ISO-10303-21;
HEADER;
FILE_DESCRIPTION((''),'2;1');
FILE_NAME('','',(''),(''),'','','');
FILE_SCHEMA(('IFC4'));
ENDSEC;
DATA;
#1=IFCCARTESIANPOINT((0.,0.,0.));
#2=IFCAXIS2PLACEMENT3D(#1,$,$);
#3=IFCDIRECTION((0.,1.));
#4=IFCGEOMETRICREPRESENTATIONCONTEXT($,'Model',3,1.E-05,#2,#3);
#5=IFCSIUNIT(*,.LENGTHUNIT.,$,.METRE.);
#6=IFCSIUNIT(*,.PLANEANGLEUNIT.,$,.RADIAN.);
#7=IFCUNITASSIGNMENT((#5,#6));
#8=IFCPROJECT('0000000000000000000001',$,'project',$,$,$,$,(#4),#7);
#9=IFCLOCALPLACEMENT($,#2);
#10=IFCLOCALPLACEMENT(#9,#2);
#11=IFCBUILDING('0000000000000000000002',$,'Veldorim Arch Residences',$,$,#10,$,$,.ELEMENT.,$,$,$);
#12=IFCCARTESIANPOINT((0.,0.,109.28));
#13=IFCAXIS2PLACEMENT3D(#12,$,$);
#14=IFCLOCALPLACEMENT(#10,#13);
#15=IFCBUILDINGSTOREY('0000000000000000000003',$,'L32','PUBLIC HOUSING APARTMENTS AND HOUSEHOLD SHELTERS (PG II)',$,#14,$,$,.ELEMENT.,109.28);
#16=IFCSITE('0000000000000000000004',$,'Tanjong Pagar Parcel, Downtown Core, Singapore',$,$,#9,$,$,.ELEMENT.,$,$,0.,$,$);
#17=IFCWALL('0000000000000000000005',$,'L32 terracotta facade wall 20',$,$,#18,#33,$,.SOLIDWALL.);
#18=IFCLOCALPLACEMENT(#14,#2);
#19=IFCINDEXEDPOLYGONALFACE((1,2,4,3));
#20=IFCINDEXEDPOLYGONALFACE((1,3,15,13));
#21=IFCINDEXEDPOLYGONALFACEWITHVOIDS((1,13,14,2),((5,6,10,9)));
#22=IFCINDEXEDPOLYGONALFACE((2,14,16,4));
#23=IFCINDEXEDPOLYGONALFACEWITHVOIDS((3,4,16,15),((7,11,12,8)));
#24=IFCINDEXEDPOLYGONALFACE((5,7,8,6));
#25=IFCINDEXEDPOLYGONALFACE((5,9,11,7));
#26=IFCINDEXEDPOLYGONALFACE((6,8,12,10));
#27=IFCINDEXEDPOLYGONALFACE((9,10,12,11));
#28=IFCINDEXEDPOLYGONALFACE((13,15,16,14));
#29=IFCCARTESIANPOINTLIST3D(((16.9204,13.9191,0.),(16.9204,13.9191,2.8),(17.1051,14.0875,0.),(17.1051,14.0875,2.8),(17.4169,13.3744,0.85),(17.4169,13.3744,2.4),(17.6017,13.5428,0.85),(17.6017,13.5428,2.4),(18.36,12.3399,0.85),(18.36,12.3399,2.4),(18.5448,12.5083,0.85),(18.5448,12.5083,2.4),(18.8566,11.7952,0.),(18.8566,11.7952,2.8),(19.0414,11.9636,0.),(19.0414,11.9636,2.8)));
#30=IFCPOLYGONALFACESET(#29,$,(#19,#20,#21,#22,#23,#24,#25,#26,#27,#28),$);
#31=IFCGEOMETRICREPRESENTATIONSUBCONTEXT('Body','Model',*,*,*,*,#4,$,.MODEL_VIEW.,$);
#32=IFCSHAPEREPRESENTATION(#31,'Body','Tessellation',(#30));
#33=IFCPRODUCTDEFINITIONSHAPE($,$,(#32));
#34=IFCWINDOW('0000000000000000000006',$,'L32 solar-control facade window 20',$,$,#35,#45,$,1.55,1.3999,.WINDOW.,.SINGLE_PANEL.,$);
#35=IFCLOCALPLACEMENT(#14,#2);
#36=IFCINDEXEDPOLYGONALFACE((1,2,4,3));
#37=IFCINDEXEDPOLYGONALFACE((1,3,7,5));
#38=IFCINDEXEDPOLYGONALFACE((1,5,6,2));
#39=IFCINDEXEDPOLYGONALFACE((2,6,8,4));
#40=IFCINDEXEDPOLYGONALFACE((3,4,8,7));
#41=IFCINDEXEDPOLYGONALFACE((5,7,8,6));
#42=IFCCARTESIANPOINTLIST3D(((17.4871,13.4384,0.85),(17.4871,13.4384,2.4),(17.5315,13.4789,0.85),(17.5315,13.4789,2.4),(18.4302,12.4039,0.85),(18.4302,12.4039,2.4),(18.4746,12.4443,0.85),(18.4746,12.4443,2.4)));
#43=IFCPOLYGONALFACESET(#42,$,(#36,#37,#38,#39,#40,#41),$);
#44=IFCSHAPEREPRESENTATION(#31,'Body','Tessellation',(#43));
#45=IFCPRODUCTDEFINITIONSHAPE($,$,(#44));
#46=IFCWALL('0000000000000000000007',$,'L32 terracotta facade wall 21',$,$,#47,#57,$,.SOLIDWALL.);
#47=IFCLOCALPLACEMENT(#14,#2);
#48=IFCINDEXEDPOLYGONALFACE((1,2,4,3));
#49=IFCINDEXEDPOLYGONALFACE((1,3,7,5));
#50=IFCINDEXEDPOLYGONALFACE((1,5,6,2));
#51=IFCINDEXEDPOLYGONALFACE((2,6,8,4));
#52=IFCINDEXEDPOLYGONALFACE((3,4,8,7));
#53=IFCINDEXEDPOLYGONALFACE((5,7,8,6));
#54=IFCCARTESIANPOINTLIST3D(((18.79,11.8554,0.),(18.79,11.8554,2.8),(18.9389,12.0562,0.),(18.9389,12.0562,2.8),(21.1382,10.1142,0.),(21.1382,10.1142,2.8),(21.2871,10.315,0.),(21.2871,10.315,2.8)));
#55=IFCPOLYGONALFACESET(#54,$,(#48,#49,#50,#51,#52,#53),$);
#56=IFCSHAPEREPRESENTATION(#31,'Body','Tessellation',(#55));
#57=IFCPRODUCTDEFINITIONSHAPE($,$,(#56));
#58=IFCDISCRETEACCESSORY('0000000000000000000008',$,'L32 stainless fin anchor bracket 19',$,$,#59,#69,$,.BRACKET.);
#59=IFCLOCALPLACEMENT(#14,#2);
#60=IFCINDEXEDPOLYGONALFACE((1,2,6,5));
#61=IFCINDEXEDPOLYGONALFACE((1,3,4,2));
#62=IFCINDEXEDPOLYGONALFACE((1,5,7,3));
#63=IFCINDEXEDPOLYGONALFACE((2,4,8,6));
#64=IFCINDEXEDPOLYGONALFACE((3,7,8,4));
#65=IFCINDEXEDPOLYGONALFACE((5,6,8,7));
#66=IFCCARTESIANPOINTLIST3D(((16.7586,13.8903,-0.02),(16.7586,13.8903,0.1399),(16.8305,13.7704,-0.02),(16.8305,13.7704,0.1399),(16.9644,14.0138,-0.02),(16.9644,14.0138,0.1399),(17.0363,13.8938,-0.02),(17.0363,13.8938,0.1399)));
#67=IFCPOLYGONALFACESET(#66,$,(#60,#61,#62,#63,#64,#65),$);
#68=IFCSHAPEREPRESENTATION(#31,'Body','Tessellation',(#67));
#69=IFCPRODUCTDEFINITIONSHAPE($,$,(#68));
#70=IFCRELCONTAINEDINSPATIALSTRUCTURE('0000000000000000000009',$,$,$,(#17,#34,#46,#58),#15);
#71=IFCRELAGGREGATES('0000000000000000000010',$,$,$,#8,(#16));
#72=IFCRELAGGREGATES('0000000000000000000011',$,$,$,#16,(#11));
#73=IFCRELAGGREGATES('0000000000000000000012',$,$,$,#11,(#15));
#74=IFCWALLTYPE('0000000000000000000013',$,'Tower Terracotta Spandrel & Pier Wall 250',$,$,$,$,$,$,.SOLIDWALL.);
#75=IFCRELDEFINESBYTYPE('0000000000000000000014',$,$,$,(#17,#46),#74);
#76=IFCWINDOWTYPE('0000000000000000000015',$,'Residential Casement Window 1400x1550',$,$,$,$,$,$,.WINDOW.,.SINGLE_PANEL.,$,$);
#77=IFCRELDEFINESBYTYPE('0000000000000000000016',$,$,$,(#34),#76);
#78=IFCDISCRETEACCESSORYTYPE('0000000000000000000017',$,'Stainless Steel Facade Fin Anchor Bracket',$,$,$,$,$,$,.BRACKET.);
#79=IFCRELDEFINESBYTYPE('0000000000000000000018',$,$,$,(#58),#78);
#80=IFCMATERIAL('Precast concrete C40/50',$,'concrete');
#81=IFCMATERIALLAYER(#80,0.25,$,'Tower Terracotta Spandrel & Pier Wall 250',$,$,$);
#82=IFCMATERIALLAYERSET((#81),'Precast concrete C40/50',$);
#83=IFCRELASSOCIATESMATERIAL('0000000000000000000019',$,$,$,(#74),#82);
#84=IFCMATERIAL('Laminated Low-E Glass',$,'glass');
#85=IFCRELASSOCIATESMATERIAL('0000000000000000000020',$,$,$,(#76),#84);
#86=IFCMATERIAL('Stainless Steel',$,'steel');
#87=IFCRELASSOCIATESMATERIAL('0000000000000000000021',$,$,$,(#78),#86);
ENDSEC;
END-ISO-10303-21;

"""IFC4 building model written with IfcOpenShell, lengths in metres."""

from ifc_helpers import new_model, si_unit, direction, frame, frame_2d, origin, origin_2d, place, context, subcontext, project, spatial, rectangle, extrude, material, layer, layer_set, type_object, element, fill, save


model = new_model("IFC4")

# Units and contexts
model_context = context("Model", 3, precision=1e-05, world=origin(), true_north=direction((0.0, 1.0)))
body_context = subcontext(model_context, "Body", "Model", "MODEL_VIEW")
ifc_project = project(units=[si_unit("LENGTHUNIT", "METRE"), si_unit("PLANEANGLEUNIT", "RADIAN")], contexts=[model_context])

# Site, building, storey
site_placement = place(None, origin())
site = spatial("IfcSite", under=ifc_project, at=site_placement, Name="Tanjong Pagar Parcel, Downtown Core, Singapore", CompositionType="ELEMENT", RefElevation=0.0)
building_placement = place(site_placement, origin())
building = spatial("IfcBuilding", under=site, at=building_placement, Name="Veldorim Arch Residences", CompositionType="ELEMENT")
storey_placement = place(building_placement, frame((0.0, 0.0, 109.28)))
storey = spatial("IfcBuildingStorey", under=building, at=storey_placement, Name="L32", Description="PUBLIC HOUSING APARTMENTS AND HOUSEHOLD SHELTERS (PG II)", CompositionType="ELEMENT", Elevation=109.28)

# Wall, opening, window
ifc_material_1 = material(Name="Precast concrete C40/50", Category="concrete")
ifc_layer_1 = layer(ifc_material_1, 0.25, Name="Tower Terracotta Spandrel & Pier Wall 250")
ifc_layer_set_1 = layer_set([ifc_layer_1], Name="Precast concrete C40/50")
wall_type_1 = type_object("IfcWallType", Name="Tower Terracotta Spandrel & Pier Wall 250", PredefinedType="SOLIDWALL", material=ifc_layer_set_1)
wall_1_placement = place(storey_placement, frame((18.949, 11.8794, 0.0), z_axis=(0.0, 0.0, 1.0), x_axis=(-0.673691, 0.739013, 0.0)))
wall_1 = element("IfcWall", 1, at=wall_1_placement, inside=storey, type_object=wall_type_1, Name="L32 terracotta facade wall 20", PredefinedType="SOLIDWALL", context=body_context, shape_type="SweptSolid", body=[
    extrude(rectangle(XDim=2.874, YDim=0.25, at=frame_2d((1.437, 0.0))), origin(), (0.0, 0.0, 1.0), 2.8),
])
opening_1_placement = place(wall_1_placement, frame((0.7371, 0.0, 0.8501)))
opening_1 = element("IfcOpeningElement", 2, at=opening_1_placement, cuts=wall_1, PredefinedType="OPENING", context=body_context, shape_type="SweptSolid", body=[
    extrude(rectangle(XDim=1.3999, YDim=1.55, at=frame_2d((0.7, 0.7749))), frame((0.0, 0.135, 0.0), z_axis=(0.0, -1.0, 0.0), x_axis=(1.0, 0.0, 0.0)), (0.0, 0.0, 1.0), 0.27),
])
ifc_material_2 = material(Name="Laminated Low-E Glass", Category="glass")
window_type = type_object("IfcWindowType", Name="Residential Casement Window 1400x1550", PartitioningType="SINGLE_PANEL", PredefinedType="WINDOW", material=ifc_material_2)
window_placement = place(opening_1_placement, origin())
window = element("IfcWindow", 3, at=window_placement, inside=storey, type_object=window_type, Name="L32 solar-control facade window 20", OverallHeight=1.55, OverallWidth=1.3999, PartitioningType="SINGLE_PANEL", PredefinedType="WINDOW", context=body_context, shape_type="SweptSolid", body=[
    extrude(rectangle(XDim=1.3999, YDim=1.55, at=frame_2d((0.7, 0.7749))), frame((0.0, 0.03, 0.0), z_axis=(0.0, -1.0, 0.0), x_axis=(1.0, 0.0, 0.0)), (0.0, 0.0, 1.0), 0.0601),
])
fill(opening_1, window)

# Wall
wall_2_placement = place(storey_placement, frame((21.2126, 10.2146, 0.0), z_axis=(0.0, 0.0, 1.0), x_axis=(-0.803255, 0.595635, 0.0)))
element("IfcWall", 4, at=wall_2_placement, inside=storey, type_object=wall_type_1, Name="L32 terracotta facade wall 21", PredefinedType="SOLIDWALL", context=body_context, shape_type="SweptSolid", body=[
    extrude(rectangle(XDim=2.9233, YDim=0.25, at=frame_2d((1.4617, 0.0))), origin(), (0.0, 0.0, 1.0), 2.8),
])

# Discrete accessory
ifc_material_3 = material(Name="Stainless Steel", Category="steel")
discrete_accessory_type = type_object("IfcDiscreteAccessoryType", Name="Stainless Steel Facade Fin Anchor Bracket", PredefinedType="BRACKET", material=ifc_material_3)
discrete_accessory_placement = place(storey_placement, frame((16.8975, 13.8921, -0.02), z_axis=(0.0, 0.0, 1.0), x_axis=(-0.51444, 0.857527, 0.0)))
element("IfcDiscreteAccessory", 5, at=discrete_accessory_placement, inside=storey, type_object=discrete_accessory_type, Name="L32 stainless fin anchor bracket 19", PredefinedType="BRACKET", context=body_context, shape_type="SweptSolid", body=[
    extrude(rectangle(XDim=0.1399, YDim=0.24, at=origin_2d()), origin(), (0.0, 0.0, 1.0), 0.1599),
])

save(model, "model.ifc")
